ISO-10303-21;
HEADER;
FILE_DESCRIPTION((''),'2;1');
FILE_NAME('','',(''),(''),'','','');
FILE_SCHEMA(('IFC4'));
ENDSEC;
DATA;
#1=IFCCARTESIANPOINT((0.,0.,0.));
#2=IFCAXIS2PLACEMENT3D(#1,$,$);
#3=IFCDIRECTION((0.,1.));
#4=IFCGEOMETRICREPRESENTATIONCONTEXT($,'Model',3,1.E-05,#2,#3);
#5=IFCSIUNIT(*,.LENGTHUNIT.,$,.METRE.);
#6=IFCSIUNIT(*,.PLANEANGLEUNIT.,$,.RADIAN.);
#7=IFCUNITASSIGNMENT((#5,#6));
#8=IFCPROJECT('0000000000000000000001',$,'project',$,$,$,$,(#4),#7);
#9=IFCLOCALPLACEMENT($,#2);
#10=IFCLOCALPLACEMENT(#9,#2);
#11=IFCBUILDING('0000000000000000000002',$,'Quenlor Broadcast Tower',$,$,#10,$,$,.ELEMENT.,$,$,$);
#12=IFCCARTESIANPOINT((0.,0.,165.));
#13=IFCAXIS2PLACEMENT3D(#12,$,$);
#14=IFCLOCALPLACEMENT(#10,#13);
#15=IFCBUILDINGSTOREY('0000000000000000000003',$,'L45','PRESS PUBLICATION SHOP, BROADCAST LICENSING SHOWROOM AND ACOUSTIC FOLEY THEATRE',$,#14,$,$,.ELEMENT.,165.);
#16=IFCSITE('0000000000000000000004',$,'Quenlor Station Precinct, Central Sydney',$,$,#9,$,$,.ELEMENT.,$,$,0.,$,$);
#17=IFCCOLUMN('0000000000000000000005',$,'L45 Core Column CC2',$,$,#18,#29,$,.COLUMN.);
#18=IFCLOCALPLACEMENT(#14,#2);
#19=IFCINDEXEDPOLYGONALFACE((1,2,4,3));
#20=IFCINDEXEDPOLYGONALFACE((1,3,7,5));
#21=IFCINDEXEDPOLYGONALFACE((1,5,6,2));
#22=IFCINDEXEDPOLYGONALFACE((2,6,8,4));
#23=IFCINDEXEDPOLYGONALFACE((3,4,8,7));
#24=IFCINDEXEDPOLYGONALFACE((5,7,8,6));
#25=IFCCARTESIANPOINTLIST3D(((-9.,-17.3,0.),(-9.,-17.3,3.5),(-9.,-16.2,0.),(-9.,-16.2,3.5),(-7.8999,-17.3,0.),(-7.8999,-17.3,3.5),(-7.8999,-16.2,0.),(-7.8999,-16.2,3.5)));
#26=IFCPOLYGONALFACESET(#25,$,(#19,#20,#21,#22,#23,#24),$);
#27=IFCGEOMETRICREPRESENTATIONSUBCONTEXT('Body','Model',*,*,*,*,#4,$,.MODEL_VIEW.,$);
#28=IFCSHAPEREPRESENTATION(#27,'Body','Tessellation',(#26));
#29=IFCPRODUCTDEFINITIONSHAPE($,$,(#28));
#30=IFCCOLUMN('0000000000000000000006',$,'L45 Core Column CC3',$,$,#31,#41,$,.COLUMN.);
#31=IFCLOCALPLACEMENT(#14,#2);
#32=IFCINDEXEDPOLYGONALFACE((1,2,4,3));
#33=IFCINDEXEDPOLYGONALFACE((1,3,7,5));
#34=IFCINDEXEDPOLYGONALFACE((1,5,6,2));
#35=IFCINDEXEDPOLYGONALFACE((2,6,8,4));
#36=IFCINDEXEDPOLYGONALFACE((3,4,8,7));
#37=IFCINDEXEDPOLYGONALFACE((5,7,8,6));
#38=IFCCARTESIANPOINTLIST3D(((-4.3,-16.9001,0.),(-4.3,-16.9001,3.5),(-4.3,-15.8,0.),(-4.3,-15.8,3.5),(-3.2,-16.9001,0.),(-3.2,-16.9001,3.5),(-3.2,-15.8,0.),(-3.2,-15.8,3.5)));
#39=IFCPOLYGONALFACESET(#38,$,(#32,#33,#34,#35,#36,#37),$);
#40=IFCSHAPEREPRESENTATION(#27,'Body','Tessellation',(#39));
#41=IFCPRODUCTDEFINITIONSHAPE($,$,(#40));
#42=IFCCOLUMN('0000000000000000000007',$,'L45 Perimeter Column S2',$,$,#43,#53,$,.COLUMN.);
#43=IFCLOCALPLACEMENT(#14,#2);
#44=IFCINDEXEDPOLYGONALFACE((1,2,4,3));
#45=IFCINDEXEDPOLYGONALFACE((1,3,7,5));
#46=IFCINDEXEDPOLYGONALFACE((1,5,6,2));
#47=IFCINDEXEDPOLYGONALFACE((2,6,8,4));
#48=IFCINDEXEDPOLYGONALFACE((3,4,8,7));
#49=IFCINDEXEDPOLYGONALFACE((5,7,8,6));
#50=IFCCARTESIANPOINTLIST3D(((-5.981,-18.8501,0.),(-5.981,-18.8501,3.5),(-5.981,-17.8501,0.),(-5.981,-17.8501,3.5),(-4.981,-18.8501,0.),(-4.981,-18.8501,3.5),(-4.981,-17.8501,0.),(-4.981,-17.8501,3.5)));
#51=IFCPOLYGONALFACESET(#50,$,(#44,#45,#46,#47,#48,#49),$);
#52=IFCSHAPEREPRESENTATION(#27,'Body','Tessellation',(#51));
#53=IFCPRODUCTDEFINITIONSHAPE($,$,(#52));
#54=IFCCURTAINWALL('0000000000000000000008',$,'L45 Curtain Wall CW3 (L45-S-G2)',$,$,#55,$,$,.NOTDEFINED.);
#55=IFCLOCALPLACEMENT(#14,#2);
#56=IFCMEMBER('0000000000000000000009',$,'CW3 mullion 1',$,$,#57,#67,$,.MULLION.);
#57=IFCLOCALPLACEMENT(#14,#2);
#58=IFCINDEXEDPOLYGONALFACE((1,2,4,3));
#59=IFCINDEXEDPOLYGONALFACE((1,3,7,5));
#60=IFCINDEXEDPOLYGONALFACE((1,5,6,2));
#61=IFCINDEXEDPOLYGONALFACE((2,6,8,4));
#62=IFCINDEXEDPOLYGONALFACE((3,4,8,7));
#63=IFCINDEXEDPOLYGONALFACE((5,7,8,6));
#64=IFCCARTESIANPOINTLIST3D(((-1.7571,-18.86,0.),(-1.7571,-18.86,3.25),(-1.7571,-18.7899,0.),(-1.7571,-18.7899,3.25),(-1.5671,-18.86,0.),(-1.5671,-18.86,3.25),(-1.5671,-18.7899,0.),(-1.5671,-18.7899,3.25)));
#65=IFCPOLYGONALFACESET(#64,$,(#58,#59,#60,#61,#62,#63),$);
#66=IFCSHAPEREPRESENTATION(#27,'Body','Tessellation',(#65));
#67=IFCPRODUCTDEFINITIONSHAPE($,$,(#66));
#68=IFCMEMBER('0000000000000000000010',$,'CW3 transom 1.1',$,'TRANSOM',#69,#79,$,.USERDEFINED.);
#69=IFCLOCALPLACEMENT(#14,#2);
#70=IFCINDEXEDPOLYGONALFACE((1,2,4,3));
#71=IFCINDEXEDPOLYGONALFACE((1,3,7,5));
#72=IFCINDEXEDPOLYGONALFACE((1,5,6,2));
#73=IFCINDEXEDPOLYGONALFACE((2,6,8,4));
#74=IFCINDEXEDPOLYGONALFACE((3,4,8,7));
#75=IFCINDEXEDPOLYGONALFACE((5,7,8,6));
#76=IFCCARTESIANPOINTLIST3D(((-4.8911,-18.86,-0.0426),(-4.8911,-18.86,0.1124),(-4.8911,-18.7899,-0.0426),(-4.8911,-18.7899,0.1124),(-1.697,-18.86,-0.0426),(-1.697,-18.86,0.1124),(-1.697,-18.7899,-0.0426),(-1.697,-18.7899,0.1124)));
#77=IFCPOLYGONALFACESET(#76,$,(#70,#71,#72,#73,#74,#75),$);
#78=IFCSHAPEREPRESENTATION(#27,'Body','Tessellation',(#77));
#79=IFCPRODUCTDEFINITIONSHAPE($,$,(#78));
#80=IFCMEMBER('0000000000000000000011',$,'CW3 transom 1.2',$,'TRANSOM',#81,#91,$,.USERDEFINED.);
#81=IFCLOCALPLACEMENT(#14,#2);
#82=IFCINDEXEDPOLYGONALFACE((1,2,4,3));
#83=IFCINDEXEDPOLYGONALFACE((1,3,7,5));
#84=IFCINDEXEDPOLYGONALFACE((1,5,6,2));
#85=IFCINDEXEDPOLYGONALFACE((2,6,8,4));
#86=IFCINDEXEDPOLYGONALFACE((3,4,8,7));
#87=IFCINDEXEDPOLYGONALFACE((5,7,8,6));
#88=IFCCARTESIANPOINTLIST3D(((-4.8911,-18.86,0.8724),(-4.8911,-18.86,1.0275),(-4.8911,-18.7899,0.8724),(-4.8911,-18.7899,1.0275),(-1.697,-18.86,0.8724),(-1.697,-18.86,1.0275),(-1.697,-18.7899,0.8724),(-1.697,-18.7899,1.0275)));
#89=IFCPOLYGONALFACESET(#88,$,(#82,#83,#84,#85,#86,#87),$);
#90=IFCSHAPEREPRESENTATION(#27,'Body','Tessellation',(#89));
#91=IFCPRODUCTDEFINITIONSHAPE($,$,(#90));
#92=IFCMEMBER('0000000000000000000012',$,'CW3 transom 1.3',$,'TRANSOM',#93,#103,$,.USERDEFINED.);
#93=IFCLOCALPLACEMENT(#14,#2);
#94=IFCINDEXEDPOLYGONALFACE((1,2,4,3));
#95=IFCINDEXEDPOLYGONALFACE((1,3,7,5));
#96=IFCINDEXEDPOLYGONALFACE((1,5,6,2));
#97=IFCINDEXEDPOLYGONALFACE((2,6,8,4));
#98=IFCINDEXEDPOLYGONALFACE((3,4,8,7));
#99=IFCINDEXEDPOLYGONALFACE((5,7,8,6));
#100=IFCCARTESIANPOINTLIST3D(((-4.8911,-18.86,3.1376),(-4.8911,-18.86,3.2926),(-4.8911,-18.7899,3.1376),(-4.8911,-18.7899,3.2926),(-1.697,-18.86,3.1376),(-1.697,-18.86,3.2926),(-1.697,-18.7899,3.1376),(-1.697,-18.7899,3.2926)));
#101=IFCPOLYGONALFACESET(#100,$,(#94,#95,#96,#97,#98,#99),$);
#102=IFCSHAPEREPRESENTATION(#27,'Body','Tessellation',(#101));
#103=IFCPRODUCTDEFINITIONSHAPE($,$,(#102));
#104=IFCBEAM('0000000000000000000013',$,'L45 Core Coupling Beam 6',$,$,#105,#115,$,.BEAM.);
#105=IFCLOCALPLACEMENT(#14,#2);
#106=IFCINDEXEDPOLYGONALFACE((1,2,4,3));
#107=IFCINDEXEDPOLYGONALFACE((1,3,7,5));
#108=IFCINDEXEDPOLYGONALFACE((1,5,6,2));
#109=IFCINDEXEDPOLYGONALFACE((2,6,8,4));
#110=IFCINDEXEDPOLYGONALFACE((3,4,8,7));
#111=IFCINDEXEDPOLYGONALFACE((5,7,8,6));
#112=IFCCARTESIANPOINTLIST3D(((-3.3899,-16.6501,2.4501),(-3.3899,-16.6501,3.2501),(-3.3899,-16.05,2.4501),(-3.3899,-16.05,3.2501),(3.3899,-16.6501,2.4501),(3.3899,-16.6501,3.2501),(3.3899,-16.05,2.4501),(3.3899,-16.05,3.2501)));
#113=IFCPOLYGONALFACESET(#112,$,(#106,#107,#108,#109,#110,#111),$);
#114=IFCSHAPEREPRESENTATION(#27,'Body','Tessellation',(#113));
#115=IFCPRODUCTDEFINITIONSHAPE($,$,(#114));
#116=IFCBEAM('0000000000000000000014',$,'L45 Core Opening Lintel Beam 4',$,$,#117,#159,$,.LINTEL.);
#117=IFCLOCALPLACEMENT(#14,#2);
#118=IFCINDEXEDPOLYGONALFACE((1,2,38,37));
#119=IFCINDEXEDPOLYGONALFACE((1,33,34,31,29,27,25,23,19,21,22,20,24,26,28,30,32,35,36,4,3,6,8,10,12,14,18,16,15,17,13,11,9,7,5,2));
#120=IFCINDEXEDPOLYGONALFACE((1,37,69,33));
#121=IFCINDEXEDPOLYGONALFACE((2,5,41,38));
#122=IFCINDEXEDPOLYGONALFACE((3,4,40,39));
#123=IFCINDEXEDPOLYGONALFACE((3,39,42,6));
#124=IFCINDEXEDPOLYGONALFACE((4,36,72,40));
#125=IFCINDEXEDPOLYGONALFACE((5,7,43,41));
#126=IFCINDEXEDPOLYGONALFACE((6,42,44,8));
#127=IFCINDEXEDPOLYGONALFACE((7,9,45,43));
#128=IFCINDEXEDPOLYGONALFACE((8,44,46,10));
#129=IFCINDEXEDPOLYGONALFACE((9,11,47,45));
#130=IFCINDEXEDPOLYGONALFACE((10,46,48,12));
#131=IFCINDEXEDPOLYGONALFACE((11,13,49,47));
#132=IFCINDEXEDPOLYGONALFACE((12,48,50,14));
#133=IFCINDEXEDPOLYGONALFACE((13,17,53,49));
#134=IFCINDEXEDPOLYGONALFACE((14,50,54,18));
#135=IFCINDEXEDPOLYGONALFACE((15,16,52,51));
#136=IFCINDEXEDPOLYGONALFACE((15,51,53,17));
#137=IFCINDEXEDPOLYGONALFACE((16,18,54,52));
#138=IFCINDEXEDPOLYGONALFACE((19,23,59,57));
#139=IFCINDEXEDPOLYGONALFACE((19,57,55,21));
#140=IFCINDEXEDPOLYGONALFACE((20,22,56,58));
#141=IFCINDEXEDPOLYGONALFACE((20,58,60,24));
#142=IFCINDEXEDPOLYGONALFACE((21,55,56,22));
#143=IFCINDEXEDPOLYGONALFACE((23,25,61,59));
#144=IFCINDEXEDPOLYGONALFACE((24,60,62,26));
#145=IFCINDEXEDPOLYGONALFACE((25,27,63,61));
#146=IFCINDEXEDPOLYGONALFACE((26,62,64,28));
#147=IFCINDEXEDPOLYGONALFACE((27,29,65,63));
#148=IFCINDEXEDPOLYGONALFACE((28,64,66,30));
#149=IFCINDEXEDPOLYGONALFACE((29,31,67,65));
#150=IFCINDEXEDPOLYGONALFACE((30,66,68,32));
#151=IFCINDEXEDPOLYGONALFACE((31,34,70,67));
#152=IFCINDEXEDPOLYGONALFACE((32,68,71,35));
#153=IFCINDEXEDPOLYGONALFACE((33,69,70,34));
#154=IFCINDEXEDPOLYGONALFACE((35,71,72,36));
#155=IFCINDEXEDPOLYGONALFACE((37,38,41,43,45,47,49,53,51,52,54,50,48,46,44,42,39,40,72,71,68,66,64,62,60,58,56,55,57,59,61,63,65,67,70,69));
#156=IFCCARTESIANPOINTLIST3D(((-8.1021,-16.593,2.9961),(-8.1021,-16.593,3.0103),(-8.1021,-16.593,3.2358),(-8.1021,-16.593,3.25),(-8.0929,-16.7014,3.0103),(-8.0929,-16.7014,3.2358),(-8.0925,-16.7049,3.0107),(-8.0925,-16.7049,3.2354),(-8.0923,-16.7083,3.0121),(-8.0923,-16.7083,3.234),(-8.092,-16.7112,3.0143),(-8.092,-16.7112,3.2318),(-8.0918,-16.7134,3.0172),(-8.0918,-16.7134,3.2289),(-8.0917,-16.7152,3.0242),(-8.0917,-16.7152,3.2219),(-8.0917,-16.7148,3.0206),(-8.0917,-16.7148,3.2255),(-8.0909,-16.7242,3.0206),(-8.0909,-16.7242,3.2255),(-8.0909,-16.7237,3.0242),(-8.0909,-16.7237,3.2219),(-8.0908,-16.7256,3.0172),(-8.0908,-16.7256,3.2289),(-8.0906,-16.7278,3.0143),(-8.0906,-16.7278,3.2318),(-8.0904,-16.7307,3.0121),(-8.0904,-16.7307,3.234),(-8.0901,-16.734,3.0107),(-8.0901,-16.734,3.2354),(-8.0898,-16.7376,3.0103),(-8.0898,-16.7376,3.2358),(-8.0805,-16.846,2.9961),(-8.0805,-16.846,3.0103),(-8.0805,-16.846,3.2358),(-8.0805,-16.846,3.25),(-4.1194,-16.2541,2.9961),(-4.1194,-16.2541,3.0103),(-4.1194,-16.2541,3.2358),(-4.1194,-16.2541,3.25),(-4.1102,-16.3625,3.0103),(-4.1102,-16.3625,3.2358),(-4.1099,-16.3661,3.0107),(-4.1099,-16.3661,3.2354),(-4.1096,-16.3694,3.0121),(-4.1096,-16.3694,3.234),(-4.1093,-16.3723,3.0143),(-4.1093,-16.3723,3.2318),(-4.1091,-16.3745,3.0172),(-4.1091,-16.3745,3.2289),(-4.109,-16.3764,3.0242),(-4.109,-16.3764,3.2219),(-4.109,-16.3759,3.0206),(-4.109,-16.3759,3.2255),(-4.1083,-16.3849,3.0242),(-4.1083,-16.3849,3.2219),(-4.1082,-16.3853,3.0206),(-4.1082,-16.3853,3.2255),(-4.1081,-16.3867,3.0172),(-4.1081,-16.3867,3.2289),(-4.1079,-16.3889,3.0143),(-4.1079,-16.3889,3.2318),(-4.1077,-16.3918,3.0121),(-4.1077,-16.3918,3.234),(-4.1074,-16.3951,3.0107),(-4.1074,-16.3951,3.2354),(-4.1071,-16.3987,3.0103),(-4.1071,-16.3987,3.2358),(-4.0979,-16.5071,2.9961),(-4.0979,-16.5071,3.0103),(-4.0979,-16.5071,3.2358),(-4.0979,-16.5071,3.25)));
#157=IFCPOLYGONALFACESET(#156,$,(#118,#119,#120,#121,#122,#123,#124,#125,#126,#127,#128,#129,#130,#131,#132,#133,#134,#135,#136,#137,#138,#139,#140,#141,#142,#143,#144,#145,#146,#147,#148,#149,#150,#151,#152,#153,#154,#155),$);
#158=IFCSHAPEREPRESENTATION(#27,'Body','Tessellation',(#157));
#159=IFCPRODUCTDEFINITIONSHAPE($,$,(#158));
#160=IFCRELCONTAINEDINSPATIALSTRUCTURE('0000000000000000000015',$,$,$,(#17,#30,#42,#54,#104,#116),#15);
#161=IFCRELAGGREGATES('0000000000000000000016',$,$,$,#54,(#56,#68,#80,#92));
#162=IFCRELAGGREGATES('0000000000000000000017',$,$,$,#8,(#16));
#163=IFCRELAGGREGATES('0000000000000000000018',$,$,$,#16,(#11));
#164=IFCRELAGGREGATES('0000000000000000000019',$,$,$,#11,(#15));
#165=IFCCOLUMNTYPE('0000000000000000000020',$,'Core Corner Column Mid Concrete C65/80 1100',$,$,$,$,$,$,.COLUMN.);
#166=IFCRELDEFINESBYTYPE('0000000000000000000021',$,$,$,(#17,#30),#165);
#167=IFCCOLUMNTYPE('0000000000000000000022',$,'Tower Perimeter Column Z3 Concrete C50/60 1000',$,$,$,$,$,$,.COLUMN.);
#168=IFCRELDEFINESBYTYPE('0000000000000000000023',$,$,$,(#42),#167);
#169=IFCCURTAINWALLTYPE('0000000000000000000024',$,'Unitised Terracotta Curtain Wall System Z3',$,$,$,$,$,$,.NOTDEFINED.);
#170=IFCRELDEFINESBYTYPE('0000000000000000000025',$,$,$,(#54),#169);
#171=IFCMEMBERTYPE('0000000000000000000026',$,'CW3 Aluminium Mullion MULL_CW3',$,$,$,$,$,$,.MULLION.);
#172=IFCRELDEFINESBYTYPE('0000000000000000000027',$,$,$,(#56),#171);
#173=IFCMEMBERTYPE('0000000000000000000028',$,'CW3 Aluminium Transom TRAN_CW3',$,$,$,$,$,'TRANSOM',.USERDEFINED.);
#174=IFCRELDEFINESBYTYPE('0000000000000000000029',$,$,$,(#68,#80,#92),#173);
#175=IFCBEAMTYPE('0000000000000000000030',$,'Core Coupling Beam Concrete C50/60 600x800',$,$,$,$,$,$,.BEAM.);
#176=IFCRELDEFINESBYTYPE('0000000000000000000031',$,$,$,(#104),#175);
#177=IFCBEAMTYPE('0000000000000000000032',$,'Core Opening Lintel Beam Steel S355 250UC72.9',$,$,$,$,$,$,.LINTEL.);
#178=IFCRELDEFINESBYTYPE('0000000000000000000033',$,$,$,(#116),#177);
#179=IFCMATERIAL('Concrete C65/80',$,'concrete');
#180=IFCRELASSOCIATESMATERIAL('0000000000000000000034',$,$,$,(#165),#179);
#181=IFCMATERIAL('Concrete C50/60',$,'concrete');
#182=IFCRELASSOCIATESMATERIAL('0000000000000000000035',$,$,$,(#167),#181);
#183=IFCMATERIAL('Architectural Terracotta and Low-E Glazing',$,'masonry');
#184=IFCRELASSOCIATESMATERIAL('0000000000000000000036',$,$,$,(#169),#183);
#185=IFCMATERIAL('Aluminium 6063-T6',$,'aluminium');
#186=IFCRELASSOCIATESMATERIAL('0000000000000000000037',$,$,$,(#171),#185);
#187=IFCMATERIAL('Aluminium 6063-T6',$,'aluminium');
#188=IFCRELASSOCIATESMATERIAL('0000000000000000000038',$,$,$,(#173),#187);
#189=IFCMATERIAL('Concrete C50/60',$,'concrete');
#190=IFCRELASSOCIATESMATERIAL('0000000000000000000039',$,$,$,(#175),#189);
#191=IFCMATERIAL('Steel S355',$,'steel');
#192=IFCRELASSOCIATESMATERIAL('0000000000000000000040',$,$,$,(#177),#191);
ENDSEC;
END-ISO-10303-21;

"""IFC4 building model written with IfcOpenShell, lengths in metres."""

from ifc_helpers import new_model, si_unit, direction, frame, origin, origin_2d, place, context, subcontext, project, spatial, rectangle, i_section, extrude, material, material_profile, profile_set, type_object, element, aggregate, save


model = new_model("IFC4")

# Units and contexts
model_context = context("Model", 3, precision=1e-05, world=origin(), true_north=direction((0.0, 1.0)))
body_context = subcontext(model_context, "Body", "Model", "MODEL_VIEW")
ifc_project = project(units=[si_unit("LENGTHUNIT", "METRE"), si_unit("PLANEANGLEUNIT", "RADIAN")], contexts=[model_context])

# Site, building, storey
site_placement = place(None, origin())
site = spatial("IfcSite", under=ifc_project, at=site_placement, Name="Quenlor Station Precinct, Central Sydney", CompositionType="ELEMENT", RefElevation=0.0)
building_placement = place(site_placement, origin())
building = spatial("IfcBuilding", under=site, at=building_placement, Name="Quenlor Broadcast Tower", CompositionType="ELEMENT")
storey_placement = place(building_placement, frame((0.0, 0.0, 165.0)))
storey = spatial("IfcBuildingStorey", under=building, at=storey_placement, Name="L45", Description="PRESS PUBLICATION SHOP, BROADCAST LICENSING SHOWROOM AND ACOUSTIC FOLEY THEATRE", CompositionType="ELEMENT", Elevation=165.0)

# Columns
ifc_material_1 = material(Name="Concrete C65/80", Category="concrete")
ifc_material_profile_1 = material_profile(ifc_material_1, rectangle(XDim=1.1001, YDim=1.1001, at=origin_2d()))
ifc_profile_set_1 = profile_set([ifc_material_profile_1], Name="Concrete C65/80 RC1100x1100")
column_type_1 = type_object("IfcColumnType", Name="Core Corner Column Mid Concrete C65/80 1100", PredefinedType="COLUMN", material=ifc_profile_set_1)
for number, where, z_axis, x_axis, name in (
    (1, (-8.45, -16.75, 0.0), (0.0, 0.0, 1.0), (1.0, 0.0, 0.0), "L45 Core Column CC2"),
    (2, (-3.75, -16.3501, 0.0), (0.0, 0.0, 1.0), (1.0, 0.0, 0.0), "L45 Core Column CC3"),
):
    element("IfcColumn", number, at=place(storey_placement, frame(where, z_axis=z_axis, x_axis=x_axis)), inside=storey, type_object=column_type_1, Name=name, PredefinedType="COLUMN", context=body_context, shape_type="SweptSolid", body=[
        extrude(rectangle(XDim=1.1001, YDim=1.1001, at=origin_2d()), origin(), (0.0, 0.0, 1.0), 3.5),
    ])
ifc_material_2 = material(Name="Concrete C50/60", Category="concrete")
ifc_material_profile_2 = material_profile(ifc_material_2, rectangle(XDim=1.0, YDim=1.0, at=origin_2d()))
ifc_profile_set_2 = profile_set([ifc_material_profile_2], Name="Concrete C50/60 RC1000x1000")
column_type_2 = type_object("IfcColumnType", Name="Tower Perimeter Column Z3 Concrete C50/60 1000", PredefinedType="COLUMN", material=ifc_profile_set_2)
column_placement = place(storey_placement, frame((-5.481, -18.3501, 0.0), z_axis=(0.0, 0.0, 1.0), x_axis=(0.0, 1.0, 0.0)))
element("IfcColumn", 3, at=column_placement, inside=storey, type_object=column_type_2, Name="L45 Perimeter Column S2", PredefinedType="COLUMN", context=body_context, shape_type="SweptSolid", body=[
    extrude(rectangle(XDim=1.0, YDim=1.0, at=origin_2d()), origin(), (0.0, 0.0, 1.0), 3.5),
])

# Curtain wall, members
ifc_material_3 = material(Name="Architectural Terracotta and Low-E Glazing", Category="masonry")
curtain_wall_type = type_object("IfcCurtainWallType", Name="Unitised Terracotta Curtain Wall System Z3", PredefinedType="NOTDEFINED", material=ifc_material_3)
curtain_wall_placement = place(storey_placement, origin())
curtain_wall = element("IfcCurtainWall", 4, at=curtain_wall_placement, inside=storey, type_object=curtain_wall_type, Name="L45 Curtain Wall CW3 (L45-S-G2)", PredefinedType="NOTDEFINED")
ifc_material_4 = material(Name="Aluminium 6063-T6", Category="aluminium")
ifc_material_profile_3 = material_profile(ifc_material_4, rectangle(XDim=0.0701, YDim=0.1899, at=origin_2d()))
ifc_profile_set_3 = profile_set([ifc_material_profile_3], Name="Aluminium 6063-T6 MULL70x190")
member_type_1 = type_object("IfcMemberType", Name="CW3 Aluminium Mullion MULL_CW3", PredefinedType="MULLION", material=ifc_profile_set_3)
member_1_placement = place(storey_placement, frame((-1.6621, -18.825, 0.0), z_axis=(0.0, 0.0, 1.0), x_axis=(0.0, -1.0, 0.0)))
member_1 = element("IfcMember", 5, at=member_1_placement, type_object=member_type_1, Name="CW3 mullion 1", PredefinedType="MULLION", context=body_context, shape_type="SweptSolid", body=[
    extrude(rectangle(XDim=0.0701, YDim=0.1899, at=origin_2d()), origin(), (0.0, 0.0, 1.0), 3.25),
])
ifc_material_5 = material(Name="Aluminium 6063-T6", Category="aluminium")
ifc_material_profile_4 = material_profile(ifc_material_5, rectangle(XDim=0.0701, YDim=0.155, at=origin_2d()))
ifc_profile_set_4 = profile_set([ifc_material_profile_4], Name="Aluminium 6063-T6 TRAN70x155")
member_type_2 = type_object("IfcMemberType", Name="CW3 Aluminium Transom TRAN_CW3", ElementType="TRANSOM", PredefinedType="USERDEFINED", material=ifc_profile_set_4)
member_2_placement = place(storey_placement, frame((-1.697, -18.825, 0.0349), z_axis=(-1.0, 0.0, 0.0), x_axis=(0.0, -1.0, 0.0)))
member_2 = element("IfcMember", 6, at=member_2_placement, type_object=member_type_2, Name="CW3 transom 1.1", ObjectType="TRANSOM", PredefinedType="USERDEFINED", context=body_context, shape_type="SweptSolid", body=[
    extrude(rectangle(XDim=0.0701, YDim=0.155, at=origin_2d()), origin(), (0.0, 0.0, 1.0), 3.1941),
])
member_3_placement = place(storey_placement, frame((-1.697, -18.825, 0.95), z_axis=(-1.0, 0.0, 0.0), x_axis=(0.0, -1.0, 0.0)))
member_3 = element("IfcMember", 7, at=member_3_placement, type_object=member_type_2, Name="CW3 transom 1.2", ObjectType="TRANSOM", PredefinedType="USERDEFINED", context=body_context, shape_type="SweptSolid", body=[
    extrude(rectangle(XDim=0.0701, YDim=0.155, at=origin_2d()), origin(), (0.0, 0.0, 1.0), 3.1941),
])
member_4_placement = place(storey_placement, frame((-1.697, -18.825, 3.2151), z_axis=(-1.0, 0.0, 0.0), x_axis=(0.0, -1.0, 0.0)))
member_4 = element("IfcMember", 8, at=member_4_placement, type_object=member_type_2, Name="CW3 transom 1.3", ObjectType="TRANSOM", PredefinedType="USERDEFINED", context=body_context, shape_type="SweptSolid", body=[
    extrude(rectangle(XDim=0.0701, YDim=0.155, at=origin_2d()), origin(), (0.0, 0.0, 1.0), 3.1941),
])

# Beams
ifc_material_6 = material(Name="Concrete C50/60", Category="concrete")
ifc_material_profile_5 = material_profile(ifc_material_6, rectangle(XDim=0.6001, YDim=0.8, at=origin_2d()))
ifc_profile_set_5 = profile_set([ifc_material_profile_5], Name="Concrete C50/60 RCB600x800")
beam_type_1 = type_object("IfcBeamType", Name="Core Coupling Beam Concrete C50/60 600x800", PredefinedType="BEAM", material=ifc_profile_set_5)
beam_1_placement = place(storey_placement, frame((-3.3899, -16.3501, 2.8501), z_axis=(1.0, 0.0, 0.0), x_axis=(0.0, 1.0, 0.0)))
element("IfcBeam", 9, at=beam_1_placement, inside=storey, type_object=beam_type_1, Name="L45 Core Coupling Beam 6", PredefinedType="BEAM", context=body_context, shape_type="SweptSolid", body=[
    extrude(rectangle(XDim=0.6001, YDim=0.8, at=origin_2d()), origin(), (0.0, 0.0, 1.0), 6.7798),
])
ifc_material_7 = material(Name="Steel S355", Category="steel")
ifc_material_profile_6 = material_profile(ifc_material_7, i_section(OverallWidth=0.2539, OverallDepth=0.2539, WebThickness=0.0085, FlangeThickness=0.0142, FilletRadius=0.0139, at=origin_2d()))
ifc_profile_set_6 = profile_set([ifc_material_profile_6], Name="Steel S355 250UC72.9")
beam_type_2 = type_object("IfcBeamType", Name="Core Opening Lintel Beam Steel S355 250UC72.9", PredefinedType="LINTEL", material=ifc_profile_set_6)
beam_2_placement = place(storey_placement, frame((-8.0913, -16.7195, 3.123), z_axis=(0.9964, 0.084779, 0.0), x_axis=(-0.084779, 0.9964, 0.0)))
element("IfcBeam", 10, at=beam_2_placement, inside=storey, type_object=beam_type_2, Name="L45 Core Opening Lintel Beam 4", PredefinedType="LINTEL", context=body_context, shape_type="SweptSolid", body=[
    extrude(i_section(OverallWidth=0.2539, OverallDepth=0.2539, WebThickness=0.0085, FlangeThickness=0.0142, FilletRadius=0.0139, at=origin_2d()), origin(), (0.0, 0.0, 1.0), 3.9971),
])

aggregate(curtain_wall, [member_1, member_2, member_3, member_4])

save(model, "model.ifc")
